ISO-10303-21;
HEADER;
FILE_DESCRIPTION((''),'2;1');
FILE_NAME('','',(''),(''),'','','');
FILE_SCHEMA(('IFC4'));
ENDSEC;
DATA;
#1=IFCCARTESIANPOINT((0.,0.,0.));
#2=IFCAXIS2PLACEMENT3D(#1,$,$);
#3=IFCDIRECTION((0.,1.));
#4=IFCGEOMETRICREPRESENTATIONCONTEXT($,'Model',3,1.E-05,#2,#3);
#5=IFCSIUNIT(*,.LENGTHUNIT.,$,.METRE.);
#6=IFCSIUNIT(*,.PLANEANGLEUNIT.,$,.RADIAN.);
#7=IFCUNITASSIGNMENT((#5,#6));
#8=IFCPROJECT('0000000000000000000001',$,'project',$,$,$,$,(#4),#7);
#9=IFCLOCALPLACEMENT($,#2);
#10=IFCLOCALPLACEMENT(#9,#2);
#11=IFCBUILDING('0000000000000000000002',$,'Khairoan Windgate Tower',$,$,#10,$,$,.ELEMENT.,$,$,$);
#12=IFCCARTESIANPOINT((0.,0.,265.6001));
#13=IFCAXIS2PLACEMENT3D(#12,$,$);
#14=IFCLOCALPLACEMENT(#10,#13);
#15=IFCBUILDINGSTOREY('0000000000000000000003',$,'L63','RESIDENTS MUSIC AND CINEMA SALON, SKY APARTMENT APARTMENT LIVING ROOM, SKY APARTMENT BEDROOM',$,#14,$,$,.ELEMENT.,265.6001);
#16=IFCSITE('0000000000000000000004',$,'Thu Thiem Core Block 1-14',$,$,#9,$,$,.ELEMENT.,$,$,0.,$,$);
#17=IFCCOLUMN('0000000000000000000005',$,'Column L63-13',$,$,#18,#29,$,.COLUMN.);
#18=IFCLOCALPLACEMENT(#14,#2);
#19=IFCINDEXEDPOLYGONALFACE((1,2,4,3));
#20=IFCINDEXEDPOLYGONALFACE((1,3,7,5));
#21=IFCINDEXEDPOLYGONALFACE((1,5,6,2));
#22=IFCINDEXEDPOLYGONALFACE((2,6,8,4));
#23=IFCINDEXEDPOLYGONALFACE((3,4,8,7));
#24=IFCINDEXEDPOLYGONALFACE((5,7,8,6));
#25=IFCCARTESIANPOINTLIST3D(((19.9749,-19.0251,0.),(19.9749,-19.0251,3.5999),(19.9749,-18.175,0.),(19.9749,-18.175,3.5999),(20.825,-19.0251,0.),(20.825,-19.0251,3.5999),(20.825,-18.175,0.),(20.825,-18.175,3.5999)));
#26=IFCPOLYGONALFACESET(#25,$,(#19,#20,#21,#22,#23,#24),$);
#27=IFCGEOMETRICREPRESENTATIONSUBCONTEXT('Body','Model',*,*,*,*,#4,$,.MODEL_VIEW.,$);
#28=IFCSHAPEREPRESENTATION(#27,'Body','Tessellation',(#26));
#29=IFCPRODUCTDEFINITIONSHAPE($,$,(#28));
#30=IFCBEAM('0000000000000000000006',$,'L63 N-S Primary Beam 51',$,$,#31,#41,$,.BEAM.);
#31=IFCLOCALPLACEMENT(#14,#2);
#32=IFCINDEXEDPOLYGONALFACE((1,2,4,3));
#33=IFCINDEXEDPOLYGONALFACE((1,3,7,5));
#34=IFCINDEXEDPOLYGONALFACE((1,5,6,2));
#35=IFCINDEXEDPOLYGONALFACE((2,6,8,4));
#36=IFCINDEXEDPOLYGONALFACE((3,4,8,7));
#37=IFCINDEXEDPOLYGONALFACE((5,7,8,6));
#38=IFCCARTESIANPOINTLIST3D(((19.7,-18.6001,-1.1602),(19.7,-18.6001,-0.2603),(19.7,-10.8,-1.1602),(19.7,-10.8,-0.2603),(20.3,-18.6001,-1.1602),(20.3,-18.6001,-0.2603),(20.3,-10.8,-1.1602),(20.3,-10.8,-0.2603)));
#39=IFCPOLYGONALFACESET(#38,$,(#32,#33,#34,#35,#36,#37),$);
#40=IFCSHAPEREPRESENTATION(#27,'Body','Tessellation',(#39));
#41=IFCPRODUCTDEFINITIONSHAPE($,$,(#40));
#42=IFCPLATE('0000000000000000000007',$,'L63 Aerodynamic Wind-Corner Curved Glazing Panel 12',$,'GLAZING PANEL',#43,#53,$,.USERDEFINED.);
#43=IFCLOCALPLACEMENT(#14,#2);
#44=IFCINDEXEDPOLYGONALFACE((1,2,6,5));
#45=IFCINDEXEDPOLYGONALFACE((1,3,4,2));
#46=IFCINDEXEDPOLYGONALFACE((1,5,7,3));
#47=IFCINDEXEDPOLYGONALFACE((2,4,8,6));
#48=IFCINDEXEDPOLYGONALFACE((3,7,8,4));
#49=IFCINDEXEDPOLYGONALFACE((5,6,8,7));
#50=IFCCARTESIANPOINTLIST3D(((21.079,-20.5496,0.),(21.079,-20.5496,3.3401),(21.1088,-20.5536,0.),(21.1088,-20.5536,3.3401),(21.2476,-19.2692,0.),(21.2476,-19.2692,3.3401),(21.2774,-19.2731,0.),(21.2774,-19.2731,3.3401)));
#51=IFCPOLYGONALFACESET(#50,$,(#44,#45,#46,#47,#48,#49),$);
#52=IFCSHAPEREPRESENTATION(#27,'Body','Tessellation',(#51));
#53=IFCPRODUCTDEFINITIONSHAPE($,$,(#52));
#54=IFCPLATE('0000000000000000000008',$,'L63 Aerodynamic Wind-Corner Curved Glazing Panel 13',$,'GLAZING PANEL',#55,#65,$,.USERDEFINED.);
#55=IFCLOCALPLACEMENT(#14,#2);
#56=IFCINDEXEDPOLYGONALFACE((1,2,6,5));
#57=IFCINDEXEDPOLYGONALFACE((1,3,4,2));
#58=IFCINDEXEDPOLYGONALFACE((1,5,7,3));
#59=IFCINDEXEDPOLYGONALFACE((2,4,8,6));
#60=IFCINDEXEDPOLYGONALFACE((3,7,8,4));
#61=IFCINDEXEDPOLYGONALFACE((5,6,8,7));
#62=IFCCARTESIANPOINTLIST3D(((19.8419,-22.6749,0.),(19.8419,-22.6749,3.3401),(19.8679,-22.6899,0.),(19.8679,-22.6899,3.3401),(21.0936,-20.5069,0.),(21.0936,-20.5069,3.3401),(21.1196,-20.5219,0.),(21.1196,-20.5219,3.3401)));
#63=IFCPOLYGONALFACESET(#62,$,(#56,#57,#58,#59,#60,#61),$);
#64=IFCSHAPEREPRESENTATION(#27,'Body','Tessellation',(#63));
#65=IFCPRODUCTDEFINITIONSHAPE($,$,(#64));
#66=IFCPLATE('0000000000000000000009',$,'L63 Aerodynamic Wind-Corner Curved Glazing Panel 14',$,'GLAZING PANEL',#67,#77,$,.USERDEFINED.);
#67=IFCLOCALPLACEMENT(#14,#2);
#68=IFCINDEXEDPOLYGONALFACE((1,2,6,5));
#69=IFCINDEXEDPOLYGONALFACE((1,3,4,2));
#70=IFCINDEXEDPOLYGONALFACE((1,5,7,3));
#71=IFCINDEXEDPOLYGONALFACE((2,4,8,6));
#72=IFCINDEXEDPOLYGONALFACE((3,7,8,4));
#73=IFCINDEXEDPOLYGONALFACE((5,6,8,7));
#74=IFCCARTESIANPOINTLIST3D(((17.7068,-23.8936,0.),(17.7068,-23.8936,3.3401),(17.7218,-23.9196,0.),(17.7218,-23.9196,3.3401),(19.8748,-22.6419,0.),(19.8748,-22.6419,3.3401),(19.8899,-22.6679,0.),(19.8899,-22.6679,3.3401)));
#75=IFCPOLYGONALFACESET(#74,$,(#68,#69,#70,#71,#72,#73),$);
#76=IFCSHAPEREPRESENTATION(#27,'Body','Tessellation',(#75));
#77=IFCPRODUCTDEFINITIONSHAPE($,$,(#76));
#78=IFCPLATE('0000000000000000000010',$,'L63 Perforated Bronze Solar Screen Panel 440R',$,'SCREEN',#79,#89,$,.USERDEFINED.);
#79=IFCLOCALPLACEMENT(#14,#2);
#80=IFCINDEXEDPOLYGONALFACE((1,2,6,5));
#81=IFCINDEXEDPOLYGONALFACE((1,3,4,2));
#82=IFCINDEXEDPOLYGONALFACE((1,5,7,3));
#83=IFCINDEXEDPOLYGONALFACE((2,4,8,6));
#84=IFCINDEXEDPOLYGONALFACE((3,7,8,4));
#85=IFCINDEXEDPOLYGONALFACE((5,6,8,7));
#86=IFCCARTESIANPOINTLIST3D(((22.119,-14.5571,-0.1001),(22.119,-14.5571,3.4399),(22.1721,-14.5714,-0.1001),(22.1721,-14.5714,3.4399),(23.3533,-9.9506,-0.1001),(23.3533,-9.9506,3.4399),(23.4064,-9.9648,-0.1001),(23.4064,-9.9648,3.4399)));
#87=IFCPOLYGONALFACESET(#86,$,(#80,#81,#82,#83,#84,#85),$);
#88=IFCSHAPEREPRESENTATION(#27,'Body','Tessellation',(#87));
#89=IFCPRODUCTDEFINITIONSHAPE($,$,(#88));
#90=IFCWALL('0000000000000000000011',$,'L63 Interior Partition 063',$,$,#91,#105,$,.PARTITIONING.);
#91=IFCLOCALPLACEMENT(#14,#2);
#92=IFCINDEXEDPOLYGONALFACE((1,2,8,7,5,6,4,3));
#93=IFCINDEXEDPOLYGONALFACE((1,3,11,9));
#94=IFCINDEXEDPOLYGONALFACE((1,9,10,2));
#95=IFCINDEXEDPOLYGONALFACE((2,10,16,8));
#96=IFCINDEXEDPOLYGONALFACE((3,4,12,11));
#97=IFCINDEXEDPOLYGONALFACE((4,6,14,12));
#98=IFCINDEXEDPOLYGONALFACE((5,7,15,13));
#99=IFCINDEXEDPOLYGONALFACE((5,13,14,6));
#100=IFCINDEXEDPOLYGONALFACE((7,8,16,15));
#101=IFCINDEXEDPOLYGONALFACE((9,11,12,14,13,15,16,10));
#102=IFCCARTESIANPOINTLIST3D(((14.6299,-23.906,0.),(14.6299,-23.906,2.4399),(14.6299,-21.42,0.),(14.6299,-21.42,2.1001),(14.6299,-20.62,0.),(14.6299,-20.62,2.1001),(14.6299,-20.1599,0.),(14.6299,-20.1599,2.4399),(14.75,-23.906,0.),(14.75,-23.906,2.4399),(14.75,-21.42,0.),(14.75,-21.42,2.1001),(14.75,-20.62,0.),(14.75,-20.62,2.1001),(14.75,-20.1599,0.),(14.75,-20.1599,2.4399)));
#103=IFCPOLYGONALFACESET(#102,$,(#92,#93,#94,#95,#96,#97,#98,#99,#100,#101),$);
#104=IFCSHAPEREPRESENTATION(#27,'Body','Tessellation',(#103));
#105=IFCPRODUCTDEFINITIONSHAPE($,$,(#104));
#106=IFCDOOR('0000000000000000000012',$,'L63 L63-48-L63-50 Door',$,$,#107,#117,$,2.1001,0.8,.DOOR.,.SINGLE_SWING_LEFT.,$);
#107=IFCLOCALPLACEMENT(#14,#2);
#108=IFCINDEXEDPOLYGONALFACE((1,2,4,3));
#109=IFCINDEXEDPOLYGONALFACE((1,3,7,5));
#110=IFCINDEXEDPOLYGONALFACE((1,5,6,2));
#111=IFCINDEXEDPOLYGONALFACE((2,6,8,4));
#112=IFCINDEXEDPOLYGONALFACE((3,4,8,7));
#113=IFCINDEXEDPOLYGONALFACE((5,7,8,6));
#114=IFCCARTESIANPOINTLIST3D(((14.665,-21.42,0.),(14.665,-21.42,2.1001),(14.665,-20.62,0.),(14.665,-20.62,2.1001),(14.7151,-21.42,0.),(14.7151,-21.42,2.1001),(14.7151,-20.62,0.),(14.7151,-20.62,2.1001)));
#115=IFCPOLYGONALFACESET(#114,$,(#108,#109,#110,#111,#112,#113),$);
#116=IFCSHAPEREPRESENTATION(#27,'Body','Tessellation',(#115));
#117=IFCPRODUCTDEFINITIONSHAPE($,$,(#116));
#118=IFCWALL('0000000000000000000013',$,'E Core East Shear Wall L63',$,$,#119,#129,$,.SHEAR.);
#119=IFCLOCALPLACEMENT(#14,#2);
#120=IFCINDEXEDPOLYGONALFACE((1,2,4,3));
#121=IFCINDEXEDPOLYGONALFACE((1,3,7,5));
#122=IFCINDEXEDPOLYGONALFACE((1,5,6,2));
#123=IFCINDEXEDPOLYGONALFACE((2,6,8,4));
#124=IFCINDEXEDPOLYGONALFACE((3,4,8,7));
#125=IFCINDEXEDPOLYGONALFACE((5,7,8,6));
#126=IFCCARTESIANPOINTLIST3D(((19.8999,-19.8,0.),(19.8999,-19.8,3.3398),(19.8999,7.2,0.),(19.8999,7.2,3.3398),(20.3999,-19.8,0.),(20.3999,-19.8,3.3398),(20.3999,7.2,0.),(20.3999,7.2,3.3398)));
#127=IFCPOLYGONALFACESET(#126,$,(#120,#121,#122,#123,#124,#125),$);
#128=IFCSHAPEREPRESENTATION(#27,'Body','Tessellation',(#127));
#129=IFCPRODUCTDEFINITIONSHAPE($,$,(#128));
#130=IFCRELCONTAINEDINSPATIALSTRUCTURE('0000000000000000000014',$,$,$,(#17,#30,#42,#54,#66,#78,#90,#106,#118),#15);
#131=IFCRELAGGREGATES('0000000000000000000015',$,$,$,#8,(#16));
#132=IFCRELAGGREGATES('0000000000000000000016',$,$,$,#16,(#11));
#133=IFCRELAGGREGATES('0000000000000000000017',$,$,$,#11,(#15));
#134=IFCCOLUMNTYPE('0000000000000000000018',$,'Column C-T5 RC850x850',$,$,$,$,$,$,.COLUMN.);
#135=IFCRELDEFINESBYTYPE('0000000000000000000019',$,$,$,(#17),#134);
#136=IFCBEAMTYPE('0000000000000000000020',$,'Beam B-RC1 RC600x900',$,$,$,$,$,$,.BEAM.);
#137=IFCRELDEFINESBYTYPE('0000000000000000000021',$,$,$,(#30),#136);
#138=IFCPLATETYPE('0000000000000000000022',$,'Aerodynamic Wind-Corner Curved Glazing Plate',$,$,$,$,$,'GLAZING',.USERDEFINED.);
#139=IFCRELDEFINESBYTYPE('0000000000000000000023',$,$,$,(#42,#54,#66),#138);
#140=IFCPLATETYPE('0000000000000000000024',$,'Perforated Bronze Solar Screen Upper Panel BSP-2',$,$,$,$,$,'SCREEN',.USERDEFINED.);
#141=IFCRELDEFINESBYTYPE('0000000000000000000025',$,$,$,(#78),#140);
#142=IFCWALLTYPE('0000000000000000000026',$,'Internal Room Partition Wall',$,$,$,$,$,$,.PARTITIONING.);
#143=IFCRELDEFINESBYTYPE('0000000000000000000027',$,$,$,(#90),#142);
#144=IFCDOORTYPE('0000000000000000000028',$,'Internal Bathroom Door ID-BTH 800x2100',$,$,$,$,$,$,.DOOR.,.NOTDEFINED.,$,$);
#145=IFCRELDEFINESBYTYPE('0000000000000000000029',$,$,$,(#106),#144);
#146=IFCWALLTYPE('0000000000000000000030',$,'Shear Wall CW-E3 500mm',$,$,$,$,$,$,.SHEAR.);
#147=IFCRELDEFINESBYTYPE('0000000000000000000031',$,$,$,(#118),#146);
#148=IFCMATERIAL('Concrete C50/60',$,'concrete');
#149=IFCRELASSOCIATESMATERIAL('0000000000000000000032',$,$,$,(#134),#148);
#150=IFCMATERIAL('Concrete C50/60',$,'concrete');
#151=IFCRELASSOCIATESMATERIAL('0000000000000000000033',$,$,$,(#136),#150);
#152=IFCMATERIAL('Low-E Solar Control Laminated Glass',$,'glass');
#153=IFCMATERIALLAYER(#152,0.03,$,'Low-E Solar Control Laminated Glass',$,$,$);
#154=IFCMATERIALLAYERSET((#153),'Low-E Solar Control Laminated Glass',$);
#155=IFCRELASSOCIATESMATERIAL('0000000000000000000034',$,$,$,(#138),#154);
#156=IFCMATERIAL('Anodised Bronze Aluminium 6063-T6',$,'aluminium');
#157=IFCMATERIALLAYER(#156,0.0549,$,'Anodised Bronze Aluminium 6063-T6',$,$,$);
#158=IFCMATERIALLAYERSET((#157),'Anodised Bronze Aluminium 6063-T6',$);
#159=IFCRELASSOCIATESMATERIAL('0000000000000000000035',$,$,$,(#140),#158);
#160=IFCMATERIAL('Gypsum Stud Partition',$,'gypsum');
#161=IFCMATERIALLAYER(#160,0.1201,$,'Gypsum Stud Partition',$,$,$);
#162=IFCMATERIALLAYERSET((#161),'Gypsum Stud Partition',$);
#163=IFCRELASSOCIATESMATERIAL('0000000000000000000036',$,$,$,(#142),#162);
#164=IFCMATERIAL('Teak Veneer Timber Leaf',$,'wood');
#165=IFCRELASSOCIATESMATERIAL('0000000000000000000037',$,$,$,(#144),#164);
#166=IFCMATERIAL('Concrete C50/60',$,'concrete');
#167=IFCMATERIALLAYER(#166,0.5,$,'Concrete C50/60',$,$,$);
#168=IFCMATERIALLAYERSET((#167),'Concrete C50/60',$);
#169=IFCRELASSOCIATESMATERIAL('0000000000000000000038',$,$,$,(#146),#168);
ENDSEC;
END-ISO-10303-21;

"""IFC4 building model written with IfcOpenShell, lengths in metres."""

from ifc_helpers import new_model, si_unit, direction, frame, frame_2d, origin, origin_2d, place, context, subcontext, project, spatial, rectangle, extrude, material, layer, layer_set, material_profile, profile_set, type_object, element, fill, save


model = new_model("IFC4")

# Units and contexts
model_context = context("Model", 3, precision=1e-05, world=origin(), true_north=direction((0.0, 1.0)))
body_context = subcontext(model_context, "Body", "Model", "MODEL_VIEW")
ifc_project = project(units=[si_unit("LENGTHUNIT", "METRE"), si_unit("PLANEANGLEUNIT", "RADIAN")], contexts=[model_context])

# Site, building, storey
site_placement = place(None, origin())
site = spatial("IfcSite", under=ifc_project, at=site_placement, Name="Thu Thiem Core Block 1-14", CompositionType="ELEMENT", RefElevation=0.0)
building_placement = place(site_placement, origin())
building = spatial("IfcBuilding", under=site, at=building_placement, Name="Khairoan Windgate Tower", CompositionType="ELEMENT")
storey_placement = place(building_placement, frame((0.0, 0.0, 265.6001)))
storey = spatial("IfcBuildingStorey", under=building, at=storey_placement, Name="L63", Description="RESIDENTS MUSIC AND CINEMA SALON, SKY APARTMENT APARTMENT LIVING ROOM, SKY APARTMENT BEDROOM", CompositionType="ELEMENT", Elevation=265.6001)

# Column
ifc_material_1 = material(Name="Concrete C50/60", Category="concrete")
ifc_material_profile_1 = material_profile(ifc_material_1, rectangle(XDim=0.8501, YDim=0.8501, at=origin_2d()))
ifc_profile_set_1 = profile_set([ifc_material_profile_1], Name="Concrete C50/60")
column_type = type_object("IfcColumnType", Name="Column C-T5 RC850x850", PredefinedType="COLUMN", material=ifc_profile_set_1)
column_placement = place(storey_placement, frame((20.3999, -18.6001, 0.0), z_axis=(0.0, 0.0, 1.0), x_axis=(1.0, 0.0, 0.0)))
element("IfcColumn", 1, at=column_placement, inside=storey, type_object=column_type, Name="Column L63-13", PredefinedType="COLUMN", context=body_context, shape_type="SweptSolid", body=[
    extrude(rectangle(XDim=0.8501, YDim=0.8501, at=origin_2d()), origin(), (0.0, 0.0, 1.0), 3.5999),
])

# Beam
ifc_material_2 = material(Name="Concrete C50/60", Category="concrete")
ifc_material_profile_2 = material_profile(ifc_material_2, rectangle(XDim=0.6001, YDim=0.8999, at=origin_2d()))
ifc_profile_set_2 = profile_set([ifc_material_profile_2], Name="Concrete C50/60")
beam_type = type_object("IfcBeamType", Name="Beam B-RC1 RC600x900", PredefinedType="BEAM", material=ifc_profile_set_2)
beam_placement = place(storey_placement, frame((20.0, -18.6001, -0.7102), z_axis=(0.0, 1.0, 0.0), x_axis=(-1.0, 0.0, 0.0)))
element("IfcBeam", 2, at=beam_placement, inside=storey, type_object=beam_type, Name="L63 N-S Primary Beam 51", PredefinedType="BEAM", context=body_context, shape_type="SweptSolid", body=[
    extrude(rectangle(XDim=0.6001, YDim=0.8999, at=origin_2d()), origin(), (0.0, 0.0, 1.0), 7.8),
])

# Plates
ifc_material_3 = material(Name="Low-E Solar Control Laminated Glass", Category="glass")
ifc_layer_1 = layer(ifc_material_3, 0.03, Name="Low-E Solar Control Laminated Glass")
ifc_layer_set_1 = layer_set([ifc_layer_1], Name="Low-E Solar Control Laminated Glass")
plate_type_1 = type_object("IfcPlateType", Name="Aerodynamic Wind-Corner Curved Glazing Plate", ElementType="GLAZING", PredefinedType="USERDEFINED", material=ifc_layer_set_1)
plate_1_placement = place(storey_placement, frame((21.1782, -19.9114, 0.0), z_axis=(0.0, 0.0, 1.0), x_axis=(-0.130526, -0.991445, 0.0)))
element("IfcPlate", 3, at=plate_1_placement, inside=storey, type_object=plate_type_1, Name="L63 Aerodynamic Wind-Corner Curved Glazing Panel 12", ObjectType="GLAZING PANEL", PredefinedType="USERDEFINED", context=body_context, shape_type="SweptSolid", body=[
    extrude(rectangle(XDim=1.2915, YDim=0.03, at=origin_2d()), origin(), (0.0, 0.0, 1.0), 3.3401),
])
for number, where, z_axis, x_axis, name in (
    (4, (20.4807, -21.5984, 0.0), (0.0, 0.0, 1.0), (-0.5, -0.866025, 0.0), "L63 Aerodynamic Wind-Corner Curved Glazing Panel 13"),
    (5, (18.7983, -23.2808, 0.0), (0.0, 0.0, 1.0), (-0.866025, -0.5, 0.0), "L63 Aerodynamic Wind-Corner Curved Glazing Panel 14"),
):
    element("IfcPlate", number, at=place(storey_placement, frame(where, z_axis=z_axis, x_axis=x_axis)), inside=storey, type_object=plate_type_1, Name=name, ObjectType="GLAZING PANEL", PredefinedType="USERDEFINED", context=body_context, shape_type="SweptSolid", body=[
        extrude(rectangle(XDim=2.5034, YDim=0.03, at=origin_2d()), origin(), (0.0, 0.0, 1.0), 3.3401),
    ])

# Plate
ifc_material_4 = material(Name="Anodised Bronze Aluminium 6063-T6", Category="aluminium")
ifc_layer_2 = layer(ifc_material_4, 0.0549, Name="Anodised Bronze Aluminium 6063-T6")
ifc_layer_set_2 = layer_set([ifc_layer_2], Name="Anodised Bronze Aluminium 6063-T6")
plate_type_2 = type_object("IfcPlateType", Name="Perforated Bronze Solar Screen Upper Panel BSP-2", ElementType="SCREEN", PredefinedType="USERDEFINED", material=ifc_layer_set_2)
plate_2_placement = place(storey_placement, frame((22.7627, -12.261, -0.1001), z_axis=(0.0, 0.0, 1.0), x_axis=(-0.258819, -0.965926, 0.0)))
element("IfcPlate", 6, at=plate_2_placement, inside=storey, type_object=plate_type_2, Name="L63 Perforated Bronze Solar Screen Panel 440R", ObjectType="SCREEN", PredefinedType="USERDEFINED", context=body_context, shape_type="SweptSolid", body=[
    extrude(rectangle(XDim=4.769, YDim=0.0549, at=origin_2d()), origin(), (0.0, 0.0, 1.0), 3.54),
])

# Wall, opening, door
ifc_material_5 = material(Name="Gypsum Stud Partition", Category="gypsum")
ifc_layer_3 = layer(ifc_material_5, 0.1201, Name="Gypsum Stud Partition")
ifc_layer_set_3 = layer_set([ifc_layer_3], Name="Gypsum Stud Partition")
wall_type_1 = type_object("IfcWallType", Name="Internal Room Partition Wall", PredefinedType="PARTITIONING", material=ifc_layer_set_3)
wall_1_placement = place(storey_placement, frame((14.6899, -23.906, 0.0), z_axis=(0.0, 0.0, 1.0), x_axis=(0.0, 1.0, 0.0)))
wall_1 = element("IfcWall", 7, at=wall_1_placement, inside=storey, type_object=wall_type_1, Name="L63 Interior Partition 063", PredefinedType="PARTITIONING", context=body_context, shape_type="SweptSolid", body=[
    extrude(rectangle(XDim=3.7461, YDim=0.1201, at=frame_2d((1.873, 0.0))), origin(), (0.0, 0.0, 1.0), 2.4399),
])
opening_1_placement = place(wall_1_placement, frame((2.4861, 0.0, 0.0)))
opening_1 = element("IfcOpeningElement", 8, at=opening_1_placement, cuts=wall_1, PredefinedType="OPENING", context=body_context, shape_type="SweptSolid", body=[
    extrude(rectangle(XDim=0.8, YDim=2.1001, at=frame_2d((0.3999, 1.05))), frame((0.0, 0.0701, 0.0), z_axis=(0.0, -1.0, 0.0), x_axis=(1.0, 0.0, 0.0)), (0.0, 0.0, 1.0), 0.1401),
])
ifc_material_6 = material(Name="Teak Veneer Timber Leaf", Category="wood")
door_type_1 = type_object("IfcDoorType", Name="Internal Bathroom Door ID-BTH 800x2100", OperationType="NOTDEFINED", PredefinedType="DOOR", material=ifc_material_6)
door_1_placement = place(opening_1_placement, origin())
door_1 = element("IfcDoor", 9, at=door_1_placement, inside=storey, type_object=door_type_1, Name="L63 L63-48-L63-50 Door", OperationType="SINGLE_SWING_LEFT", OverallHeight=2.1001, OverallWidth=0.8, PredefinedType="DOOR", context=body_context, shape_type="SweptSolid", body=[
    extrude(rectangle(XDim=0.8, YDim=2.1001, at=frame_2d((0.3999, 1.05))), frame((0.0, 0.0249, 0.0), z_axis=(0.0, -1.0, 0.0), x_axis=(1.0, 0.0, 0.0)), (0.0, 0.0, 1.0), 0.05),
])
fill(opening_1, door_1)

# Wall
ifc_material_7 = material(Name="Concrete C50/60", Category="concrete")
ifc_layer_4 = layer(ifc_material_7, 0.5, Name="Concrete C50/60")
ifc_layer_set_4 = layer_set([ifc_layer_4], Name="Concrete C50/60")
wall_type_2 = type_object("IfcWallType", Name="Shear Wall CW-E3 500mm", PredefinedType="SHEAR", material=ifc_layer_set_4)
wall_2_placement = place(storey_placement, frame((20.1499, -19.8, 0.0), z_axis=(0.0, 0.0, 1.0), x_axis=(0.0, 1.0, 0.0)))
element("IfcWall", 10, at=wall_2_placement, inside=storey, type_object=wall_type_2, Name="E Core East Shear Wall L63", PredefinedType="SHEAR", context=body_context, shape_type="SweptSolid", body=[
    extrude(rectangle(XDim=27.0, YDim=0.5, at=frame_2d((13.5, 0.0))), origin(), (0.0, 0.0, 1.0), 3.3398),
])

save(model, "model.ifc")
